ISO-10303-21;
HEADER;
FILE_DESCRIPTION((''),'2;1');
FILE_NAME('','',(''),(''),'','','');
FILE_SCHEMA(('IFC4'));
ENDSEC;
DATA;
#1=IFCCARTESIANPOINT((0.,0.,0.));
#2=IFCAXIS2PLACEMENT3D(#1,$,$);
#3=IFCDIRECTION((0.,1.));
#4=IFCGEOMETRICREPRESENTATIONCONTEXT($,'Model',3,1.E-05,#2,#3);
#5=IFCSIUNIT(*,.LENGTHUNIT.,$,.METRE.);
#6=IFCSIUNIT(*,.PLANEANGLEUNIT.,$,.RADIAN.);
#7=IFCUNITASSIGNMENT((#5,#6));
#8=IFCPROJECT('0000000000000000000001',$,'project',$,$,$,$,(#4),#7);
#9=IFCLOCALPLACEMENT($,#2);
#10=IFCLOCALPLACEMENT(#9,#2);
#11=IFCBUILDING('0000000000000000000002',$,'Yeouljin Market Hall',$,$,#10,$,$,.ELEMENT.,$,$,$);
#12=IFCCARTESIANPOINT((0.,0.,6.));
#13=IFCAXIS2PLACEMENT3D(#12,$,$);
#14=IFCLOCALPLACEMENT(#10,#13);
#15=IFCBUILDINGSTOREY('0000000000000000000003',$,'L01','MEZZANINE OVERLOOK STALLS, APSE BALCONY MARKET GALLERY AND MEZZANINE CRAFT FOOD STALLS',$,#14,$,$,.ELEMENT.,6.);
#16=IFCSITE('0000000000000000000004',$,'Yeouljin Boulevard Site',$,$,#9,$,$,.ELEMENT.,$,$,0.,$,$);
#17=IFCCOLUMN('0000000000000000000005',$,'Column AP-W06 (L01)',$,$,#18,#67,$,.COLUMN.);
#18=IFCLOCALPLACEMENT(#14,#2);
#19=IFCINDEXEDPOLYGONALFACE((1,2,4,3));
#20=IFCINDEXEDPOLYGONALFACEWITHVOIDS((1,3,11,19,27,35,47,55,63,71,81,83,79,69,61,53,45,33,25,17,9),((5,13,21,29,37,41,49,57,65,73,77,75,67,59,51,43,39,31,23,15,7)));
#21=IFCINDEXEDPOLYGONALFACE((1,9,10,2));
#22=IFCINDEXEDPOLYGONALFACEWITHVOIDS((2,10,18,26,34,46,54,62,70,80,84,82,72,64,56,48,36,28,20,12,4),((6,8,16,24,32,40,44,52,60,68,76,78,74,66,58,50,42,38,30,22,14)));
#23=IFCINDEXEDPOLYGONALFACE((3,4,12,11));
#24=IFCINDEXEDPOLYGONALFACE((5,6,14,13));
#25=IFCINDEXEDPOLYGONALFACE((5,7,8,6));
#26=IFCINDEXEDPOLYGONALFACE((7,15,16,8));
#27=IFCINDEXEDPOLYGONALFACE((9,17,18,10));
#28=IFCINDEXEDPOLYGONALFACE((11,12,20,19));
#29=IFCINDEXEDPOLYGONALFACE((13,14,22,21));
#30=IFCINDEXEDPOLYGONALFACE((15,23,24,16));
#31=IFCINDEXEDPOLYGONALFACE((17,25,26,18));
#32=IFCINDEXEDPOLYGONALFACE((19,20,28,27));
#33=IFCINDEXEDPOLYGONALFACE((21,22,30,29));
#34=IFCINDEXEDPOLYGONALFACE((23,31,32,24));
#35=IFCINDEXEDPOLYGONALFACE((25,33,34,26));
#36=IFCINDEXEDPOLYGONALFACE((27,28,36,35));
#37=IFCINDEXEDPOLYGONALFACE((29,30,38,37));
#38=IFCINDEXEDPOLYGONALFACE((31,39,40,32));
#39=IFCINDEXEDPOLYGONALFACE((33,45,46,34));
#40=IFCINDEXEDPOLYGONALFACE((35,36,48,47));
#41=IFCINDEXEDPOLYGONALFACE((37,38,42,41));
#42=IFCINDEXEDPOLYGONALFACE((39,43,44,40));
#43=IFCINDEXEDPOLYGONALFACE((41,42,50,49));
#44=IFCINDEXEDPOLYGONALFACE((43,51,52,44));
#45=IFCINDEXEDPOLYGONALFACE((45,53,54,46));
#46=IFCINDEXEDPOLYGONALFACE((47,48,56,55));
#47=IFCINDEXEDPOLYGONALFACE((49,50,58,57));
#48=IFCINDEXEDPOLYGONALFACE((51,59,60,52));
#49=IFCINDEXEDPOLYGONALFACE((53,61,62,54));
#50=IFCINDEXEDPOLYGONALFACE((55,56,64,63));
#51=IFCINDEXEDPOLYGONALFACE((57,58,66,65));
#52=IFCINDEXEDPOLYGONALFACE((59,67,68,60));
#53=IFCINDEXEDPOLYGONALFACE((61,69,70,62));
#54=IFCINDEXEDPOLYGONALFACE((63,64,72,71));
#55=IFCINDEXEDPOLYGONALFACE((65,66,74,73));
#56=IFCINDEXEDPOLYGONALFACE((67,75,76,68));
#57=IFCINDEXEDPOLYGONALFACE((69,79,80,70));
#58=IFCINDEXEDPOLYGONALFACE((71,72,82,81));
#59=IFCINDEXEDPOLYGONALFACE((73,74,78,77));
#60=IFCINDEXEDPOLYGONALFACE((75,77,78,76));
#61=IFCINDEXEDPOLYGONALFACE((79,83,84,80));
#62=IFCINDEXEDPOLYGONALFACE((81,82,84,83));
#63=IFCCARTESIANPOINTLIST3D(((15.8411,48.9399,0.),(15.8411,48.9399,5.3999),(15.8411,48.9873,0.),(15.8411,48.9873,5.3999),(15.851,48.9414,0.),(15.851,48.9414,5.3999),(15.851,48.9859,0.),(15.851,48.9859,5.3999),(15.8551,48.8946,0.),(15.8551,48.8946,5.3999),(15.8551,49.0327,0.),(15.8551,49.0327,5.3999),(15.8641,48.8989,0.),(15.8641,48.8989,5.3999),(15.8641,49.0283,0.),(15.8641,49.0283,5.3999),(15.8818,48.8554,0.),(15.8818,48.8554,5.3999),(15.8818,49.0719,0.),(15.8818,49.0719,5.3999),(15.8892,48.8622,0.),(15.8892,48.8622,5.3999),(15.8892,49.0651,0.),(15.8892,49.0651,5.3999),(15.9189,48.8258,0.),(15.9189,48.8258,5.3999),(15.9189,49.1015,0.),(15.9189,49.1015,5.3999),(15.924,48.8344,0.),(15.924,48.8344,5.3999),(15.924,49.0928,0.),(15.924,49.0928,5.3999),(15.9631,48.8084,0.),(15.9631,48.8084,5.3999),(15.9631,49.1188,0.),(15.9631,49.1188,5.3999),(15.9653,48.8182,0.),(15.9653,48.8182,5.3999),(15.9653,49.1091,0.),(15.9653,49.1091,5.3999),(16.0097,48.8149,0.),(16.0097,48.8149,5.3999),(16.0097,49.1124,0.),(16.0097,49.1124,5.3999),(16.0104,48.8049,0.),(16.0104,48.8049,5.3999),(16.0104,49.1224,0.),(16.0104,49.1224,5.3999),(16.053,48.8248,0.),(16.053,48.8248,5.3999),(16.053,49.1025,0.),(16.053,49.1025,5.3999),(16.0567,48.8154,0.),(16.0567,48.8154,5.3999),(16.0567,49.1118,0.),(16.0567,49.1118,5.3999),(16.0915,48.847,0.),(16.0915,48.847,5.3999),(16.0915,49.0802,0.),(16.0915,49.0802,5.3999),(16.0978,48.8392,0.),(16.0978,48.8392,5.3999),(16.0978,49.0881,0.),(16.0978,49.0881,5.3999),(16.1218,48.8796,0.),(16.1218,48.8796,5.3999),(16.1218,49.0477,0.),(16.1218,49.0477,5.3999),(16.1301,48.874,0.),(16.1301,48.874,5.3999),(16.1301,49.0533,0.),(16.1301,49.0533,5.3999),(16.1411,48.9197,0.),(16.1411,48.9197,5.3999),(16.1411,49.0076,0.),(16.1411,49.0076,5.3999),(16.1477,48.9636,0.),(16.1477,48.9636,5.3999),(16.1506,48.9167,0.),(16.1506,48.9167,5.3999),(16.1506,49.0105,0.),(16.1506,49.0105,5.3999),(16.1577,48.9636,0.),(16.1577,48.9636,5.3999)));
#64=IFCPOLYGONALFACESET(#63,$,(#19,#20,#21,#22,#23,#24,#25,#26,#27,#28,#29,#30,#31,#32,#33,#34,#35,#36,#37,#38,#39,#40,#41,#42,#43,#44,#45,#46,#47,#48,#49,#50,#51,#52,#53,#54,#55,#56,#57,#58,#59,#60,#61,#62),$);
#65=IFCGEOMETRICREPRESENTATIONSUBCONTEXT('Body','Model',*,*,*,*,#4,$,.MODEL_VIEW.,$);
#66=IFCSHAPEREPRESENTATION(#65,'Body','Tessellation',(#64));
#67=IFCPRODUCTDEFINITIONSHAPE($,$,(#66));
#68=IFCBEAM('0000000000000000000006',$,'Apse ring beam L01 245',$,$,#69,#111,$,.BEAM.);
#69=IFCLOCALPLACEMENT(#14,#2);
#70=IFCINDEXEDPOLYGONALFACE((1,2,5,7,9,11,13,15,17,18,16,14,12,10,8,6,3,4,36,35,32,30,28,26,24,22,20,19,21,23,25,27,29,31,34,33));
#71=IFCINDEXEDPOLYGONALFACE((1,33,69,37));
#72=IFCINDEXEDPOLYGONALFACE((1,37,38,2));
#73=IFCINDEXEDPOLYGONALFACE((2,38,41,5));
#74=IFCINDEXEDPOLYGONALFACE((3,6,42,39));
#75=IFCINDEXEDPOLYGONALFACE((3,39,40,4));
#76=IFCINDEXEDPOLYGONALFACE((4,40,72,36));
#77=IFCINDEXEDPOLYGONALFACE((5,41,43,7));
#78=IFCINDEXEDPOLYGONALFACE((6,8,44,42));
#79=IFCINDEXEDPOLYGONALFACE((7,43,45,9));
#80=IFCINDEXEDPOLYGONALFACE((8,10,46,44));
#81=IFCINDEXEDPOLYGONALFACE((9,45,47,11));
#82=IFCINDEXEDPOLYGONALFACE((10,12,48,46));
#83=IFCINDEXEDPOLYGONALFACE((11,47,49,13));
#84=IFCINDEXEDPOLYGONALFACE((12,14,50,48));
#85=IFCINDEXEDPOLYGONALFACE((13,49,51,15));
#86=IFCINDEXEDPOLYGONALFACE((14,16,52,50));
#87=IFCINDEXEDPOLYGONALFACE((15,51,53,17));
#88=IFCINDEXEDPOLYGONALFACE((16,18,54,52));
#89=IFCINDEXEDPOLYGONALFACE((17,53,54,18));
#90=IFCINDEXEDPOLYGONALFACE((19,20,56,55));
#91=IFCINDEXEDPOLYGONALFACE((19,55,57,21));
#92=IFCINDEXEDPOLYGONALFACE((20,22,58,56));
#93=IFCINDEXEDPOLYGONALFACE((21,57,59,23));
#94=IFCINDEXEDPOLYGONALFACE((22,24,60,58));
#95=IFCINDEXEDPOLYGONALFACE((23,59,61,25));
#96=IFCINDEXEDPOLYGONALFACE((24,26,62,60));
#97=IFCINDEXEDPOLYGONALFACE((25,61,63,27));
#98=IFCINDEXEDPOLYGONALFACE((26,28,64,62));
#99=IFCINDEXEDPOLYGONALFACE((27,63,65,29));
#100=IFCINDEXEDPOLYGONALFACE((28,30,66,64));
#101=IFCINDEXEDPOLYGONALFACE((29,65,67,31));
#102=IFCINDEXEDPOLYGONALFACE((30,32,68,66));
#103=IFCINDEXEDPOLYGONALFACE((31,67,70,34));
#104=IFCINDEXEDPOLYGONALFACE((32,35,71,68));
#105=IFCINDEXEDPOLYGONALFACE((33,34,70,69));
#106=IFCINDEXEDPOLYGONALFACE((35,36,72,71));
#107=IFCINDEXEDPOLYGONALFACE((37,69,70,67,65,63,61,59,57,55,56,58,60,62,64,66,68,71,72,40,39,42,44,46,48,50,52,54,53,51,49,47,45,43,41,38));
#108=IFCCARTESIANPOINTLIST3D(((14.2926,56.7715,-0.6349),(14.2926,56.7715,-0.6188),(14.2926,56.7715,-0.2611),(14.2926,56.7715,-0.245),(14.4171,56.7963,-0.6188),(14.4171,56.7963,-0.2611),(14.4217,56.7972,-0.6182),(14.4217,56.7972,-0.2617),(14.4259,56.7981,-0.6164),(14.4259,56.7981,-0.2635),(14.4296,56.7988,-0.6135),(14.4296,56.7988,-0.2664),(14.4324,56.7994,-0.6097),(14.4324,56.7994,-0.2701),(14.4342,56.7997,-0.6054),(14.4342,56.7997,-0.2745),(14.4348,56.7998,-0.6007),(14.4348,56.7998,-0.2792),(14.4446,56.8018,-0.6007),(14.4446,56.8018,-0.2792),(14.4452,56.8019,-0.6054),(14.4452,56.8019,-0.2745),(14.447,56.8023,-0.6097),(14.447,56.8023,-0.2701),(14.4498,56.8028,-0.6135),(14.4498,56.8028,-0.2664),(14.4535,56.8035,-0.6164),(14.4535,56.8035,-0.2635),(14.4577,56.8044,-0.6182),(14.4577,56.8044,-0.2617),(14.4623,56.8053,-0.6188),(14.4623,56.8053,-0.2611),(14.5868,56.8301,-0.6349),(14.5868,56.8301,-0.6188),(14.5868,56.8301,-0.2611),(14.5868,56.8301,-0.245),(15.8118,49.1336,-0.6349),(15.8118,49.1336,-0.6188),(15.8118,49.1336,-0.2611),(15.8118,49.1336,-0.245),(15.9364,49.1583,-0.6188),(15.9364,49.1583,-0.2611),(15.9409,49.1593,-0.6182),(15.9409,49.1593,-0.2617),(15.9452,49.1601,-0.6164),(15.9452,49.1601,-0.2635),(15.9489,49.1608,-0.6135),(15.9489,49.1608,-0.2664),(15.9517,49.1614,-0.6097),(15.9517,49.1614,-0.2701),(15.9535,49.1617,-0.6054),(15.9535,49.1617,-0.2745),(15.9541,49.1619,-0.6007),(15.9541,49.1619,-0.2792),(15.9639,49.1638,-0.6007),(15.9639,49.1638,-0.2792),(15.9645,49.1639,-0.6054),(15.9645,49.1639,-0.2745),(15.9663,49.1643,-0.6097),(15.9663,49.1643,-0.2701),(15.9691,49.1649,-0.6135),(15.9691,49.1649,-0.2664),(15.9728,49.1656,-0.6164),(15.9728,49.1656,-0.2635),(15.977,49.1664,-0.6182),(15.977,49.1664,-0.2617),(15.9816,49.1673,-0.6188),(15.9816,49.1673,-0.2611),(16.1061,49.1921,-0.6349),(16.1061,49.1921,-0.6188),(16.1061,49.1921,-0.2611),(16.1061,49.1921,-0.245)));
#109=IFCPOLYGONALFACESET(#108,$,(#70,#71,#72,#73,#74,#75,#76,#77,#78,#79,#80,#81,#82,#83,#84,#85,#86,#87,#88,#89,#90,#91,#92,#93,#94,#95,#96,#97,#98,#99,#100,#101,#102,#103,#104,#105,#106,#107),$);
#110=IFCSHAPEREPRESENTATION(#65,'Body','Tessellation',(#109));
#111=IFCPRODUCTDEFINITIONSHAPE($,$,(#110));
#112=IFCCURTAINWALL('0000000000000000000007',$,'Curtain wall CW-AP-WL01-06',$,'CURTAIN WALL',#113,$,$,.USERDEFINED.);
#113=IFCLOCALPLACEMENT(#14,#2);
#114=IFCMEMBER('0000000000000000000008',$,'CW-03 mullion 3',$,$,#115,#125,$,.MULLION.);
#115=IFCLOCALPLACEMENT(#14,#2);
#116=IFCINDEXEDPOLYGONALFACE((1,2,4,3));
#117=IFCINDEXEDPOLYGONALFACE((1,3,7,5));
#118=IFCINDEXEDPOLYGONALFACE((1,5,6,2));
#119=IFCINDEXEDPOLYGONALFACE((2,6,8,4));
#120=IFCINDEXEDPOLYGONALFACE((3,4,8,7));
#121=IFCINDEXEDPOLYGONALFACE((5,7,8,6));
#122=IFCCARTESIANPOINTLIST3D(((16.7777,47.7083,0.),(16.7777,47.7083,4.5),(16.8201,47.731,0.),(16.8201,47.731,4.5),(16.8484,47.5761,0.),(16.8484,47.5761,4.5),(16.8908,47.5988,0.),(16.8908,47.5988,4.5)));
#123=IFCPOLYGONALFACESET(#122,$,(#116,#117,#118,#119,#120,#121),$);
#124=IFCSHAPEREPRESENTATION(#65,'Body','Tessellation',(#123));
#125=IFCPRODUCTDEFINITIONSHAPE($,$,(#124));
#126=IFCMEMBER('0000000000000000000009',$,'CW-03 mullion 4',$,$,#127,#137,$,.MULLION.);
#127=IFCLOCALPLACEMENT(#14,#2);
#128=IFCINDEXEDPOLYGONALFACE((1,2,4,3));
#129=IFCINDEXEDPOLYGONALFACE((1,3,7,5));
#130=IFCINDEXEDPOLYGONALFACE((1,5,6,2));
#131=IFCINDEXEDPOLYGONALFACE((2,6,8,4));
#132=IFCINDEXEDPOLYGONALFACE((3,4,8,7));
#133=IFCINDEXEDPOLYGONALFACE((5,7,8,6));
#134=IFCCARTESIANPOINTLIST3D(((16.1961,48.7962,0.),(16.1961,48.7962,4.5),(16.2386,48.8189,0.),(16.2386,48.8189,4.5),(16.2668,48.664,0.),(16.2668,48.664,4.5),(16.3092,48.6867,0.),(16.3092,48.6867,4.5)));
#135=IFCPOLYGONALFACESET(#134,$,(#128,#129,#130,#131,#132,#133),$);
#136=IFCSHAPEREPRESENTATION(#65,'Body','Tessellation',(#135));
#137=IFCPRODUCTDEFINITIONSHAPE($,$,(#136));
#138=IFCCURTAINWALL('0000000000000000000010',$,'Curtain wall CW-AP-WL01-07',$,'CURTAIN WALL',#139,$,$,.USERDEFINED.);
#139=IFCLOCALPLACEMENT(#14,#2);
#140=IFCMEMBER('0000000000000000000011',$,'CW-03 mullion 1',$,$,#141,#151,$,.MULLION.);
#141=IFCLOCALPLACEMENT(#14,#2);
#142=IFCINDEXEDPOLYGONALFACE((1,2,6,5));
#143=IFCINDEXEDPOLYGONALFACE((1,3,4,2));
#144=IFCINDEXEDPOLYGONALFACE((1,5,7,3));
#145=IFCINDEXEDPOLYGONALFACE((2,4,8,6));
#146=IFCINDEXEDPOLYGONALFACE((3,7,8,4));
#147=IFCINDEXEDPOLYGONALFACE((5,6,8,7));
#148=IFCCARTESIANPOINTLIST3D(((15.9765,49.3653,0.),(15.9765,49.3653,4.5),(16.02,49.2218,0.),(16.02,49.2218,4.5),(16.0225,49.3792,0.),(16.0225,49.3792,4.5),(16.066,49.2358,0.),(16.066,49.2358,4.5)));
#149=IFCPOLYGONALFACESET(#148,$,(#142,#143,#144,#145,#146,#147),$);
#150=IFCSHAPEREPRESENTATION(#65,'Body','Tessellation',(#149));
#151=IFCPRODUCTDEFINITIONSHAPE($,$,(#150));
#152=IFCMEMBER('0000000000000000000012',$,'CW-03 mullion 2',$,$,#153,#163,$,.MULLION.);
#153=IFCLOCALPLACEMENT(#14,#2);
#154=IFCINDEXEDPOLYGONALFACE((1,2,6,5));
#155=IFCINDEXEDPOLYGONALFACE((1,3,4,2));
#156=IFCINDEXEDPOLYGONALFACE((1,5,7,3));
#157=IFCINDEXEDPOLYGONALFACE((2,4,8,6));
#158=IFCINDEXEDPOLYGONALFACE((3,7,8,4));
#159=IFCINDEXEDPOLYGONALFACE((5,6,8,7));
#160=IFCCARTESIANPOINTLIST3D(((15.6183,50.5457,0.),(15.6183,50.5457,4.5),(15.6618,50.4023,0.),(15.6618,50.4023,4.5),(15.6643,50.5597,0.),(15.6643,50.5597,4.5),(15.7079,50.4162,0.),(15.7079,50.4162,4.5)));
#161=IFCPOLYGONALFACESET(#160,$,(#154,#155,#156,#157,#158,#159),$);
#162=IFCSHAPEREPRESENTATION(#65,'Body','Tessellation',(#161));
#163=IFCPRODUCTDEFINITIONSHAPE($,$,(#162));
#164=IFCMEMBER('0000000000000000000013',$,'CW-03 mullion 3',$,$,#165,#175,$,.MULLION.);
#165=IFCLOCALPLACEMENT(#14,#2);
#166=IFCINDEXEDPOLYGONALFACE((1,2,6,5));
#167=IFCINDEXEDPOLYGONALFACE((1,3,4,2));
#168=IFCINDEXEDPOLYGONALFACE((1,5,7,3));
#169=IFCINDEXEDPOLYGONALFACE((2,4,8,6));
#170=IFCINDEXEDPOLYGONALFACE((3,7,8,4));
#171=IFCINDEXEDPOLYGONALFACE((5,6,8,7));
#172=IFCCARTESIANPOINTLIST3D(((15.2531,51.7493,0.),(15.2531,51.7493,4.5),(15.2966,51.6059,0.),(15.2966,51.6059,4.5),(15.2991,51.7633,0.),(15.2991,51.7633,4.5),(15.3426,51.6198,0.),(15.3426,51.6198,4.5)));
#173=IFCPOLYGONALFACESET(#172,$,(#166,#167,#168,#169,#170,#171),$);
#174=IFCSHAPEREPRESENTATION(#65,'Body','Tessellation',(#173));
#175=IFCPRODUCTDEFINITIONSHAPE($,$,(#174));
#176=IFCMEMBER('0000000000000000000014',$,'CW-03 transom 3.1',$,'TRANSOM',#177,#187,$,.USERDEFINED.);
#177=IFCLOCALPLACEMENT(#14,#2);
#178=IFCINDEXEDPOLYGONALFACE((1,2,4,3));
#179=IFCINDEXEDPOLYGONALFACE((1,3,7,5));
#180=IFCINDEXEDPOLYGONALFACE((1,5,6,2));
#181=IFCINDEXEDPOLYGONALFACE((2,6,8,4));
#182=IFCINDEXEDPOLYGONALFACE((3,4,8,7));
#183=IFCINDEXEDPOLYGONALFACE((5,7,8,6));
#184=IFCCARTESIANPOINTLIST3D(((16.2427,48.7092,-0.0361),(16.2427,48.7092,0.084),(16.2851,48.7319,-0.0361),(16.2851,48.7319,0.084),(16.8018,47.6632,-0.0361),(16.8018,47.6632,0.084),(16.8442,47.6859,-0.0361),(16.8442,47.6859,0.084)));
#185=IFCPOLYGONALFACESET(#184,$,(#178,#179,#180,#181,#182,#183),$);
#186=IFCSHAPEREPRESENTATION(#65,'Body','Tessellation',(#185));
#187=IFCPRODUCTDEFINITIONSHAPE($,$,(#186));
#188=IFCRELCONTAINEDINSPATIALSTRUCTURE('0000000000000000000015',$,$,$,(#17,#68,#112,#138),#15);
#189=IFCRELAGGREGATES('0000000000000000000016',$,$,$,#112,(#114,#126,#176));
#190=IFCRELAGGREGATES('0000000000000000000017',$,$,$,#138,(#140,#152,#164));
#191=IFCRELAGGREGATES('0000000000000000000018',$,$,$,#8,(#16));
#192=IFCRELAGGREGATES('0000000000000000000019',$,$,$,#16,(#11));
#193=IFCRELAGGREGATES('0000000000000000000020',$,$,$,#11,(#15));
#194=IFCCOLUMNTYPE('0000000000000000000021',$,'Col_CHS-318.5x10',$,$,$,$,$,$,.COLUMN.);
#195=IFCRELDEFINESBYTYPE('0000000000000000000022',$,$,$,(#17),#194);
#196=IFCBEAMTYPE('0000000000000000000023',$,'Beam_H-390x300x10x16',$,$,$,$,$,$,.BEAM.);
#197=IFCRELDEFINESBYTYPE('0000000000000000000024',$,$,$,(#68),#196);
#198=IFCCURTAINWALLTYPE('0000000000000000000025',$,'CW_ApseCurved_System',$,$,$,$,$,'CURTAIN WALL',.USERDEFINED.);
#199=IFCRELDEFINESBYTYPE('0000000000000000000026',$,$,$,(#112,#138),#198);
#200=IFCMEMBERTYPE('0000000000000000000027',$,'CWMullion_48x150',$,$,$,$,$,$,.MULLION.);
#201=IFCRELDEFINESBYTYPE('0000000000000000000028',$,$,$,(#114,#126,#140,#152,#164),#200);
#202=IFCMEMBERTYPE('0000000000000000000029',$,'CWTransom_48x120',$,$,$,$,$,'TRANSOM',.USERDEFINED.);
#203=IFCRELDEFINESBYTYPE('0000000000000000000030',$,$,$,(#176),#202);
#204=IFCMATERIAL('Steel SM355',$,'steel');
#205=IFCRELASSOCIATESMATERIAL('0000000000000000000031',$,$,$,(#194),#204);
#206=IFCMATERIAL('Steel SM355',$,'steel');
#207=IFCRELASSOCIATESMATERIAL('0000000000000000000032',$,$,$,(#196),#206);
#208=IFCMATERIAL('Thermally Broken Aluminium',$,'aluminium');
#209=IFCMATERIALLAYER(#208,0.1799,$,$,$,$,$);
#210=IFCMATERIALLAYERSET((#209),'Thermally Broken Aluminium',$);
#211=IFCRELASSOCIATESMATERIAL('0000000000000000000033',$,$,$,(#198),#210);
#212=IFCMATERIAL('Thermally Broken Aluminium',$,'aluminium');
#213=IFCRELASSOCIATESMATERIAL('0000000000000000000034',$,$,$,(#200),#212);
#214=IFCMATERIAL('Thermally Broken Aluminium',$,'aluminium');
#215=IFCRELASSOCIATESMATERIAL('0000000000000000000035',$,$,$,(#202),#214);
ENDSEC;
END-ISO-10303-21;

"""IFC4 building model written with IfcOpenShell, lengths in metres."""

from ifc_helpers import new_model, si_unit, direction, frame, origin, origin_2d, place, context, subcontext, project, spatial, rectangle, hollow_circle, i_section, extrude, material, layer, layer_set, material_profile, profile_set, type_object, element, aggregate, save


model = new_model("IFC4")

# Units and contexts
model_context = context("Model", 3, precision=1e-05, world=origin(), true_north=direction((0.0, 1.0)))
body_context = subcontext(model_context, "Body", "Model", "MODEL_VIEW")
ifc_project = project(units=[si_unit("LENGTHUNIT", "METRE"), si_unit("PLANEANGLEUNIT", "RADIAN")], contexts=[model_context])

# Site, building, storey
site_placement = place(None, origin())
site = spatial("IfcSite", under=ifc_project, at=site_placement, Name="Yeouljin Boulevard Site", CompositionType="ELEMENT", RefElevation=0.0)
building_placement = place(site_placement, origin())
building = spatial("IfcBuilding", under=site, at=building_placement, Name="Yeouljin Market Hall", CompositionType="ELEMENT")
storey_placement = place(building_placement, frame((0.0, 0.0, 6.0)))
storey = spatial("IfcBuildingStorey", under=building, at=storey_placement, Name="L01", Description="MEZZANINE OVERLOOK STALLS, APSE BALCONY MARKET GALLERY AND MEZZANINE CRAFT FOOD STALLS", CompositionType="ELEMENT", Elevation=6.0)

# Column
ifc_material_1 = material(Name="Steel SM355", Category="steel")
ifc_material_profile_1 = material_profile(ifc_material_1, hollow_circle(Radius=0.1592, WallThickness=0.01, at=origin_2d()), Name="CHS-318.5x10")
ifc_profile_set_1 = profile_set([ifc_material_profile_1], Name="Steel SM355")
column_type = type_object("IfcColumnType", Name="Col_CHS-318.5x10", PredefinedType="COLUMN", material=ifc_profile_set_1)
column_placement = place(storey_placement, frame((15.9985, 48.9636, 0.0), z_axis=(0.0, 0.0, 1.0), x_axis=(1.0, 0.0, 0.0)))
element("IfcColumn", 1, at=column_placement, inside=storey, type_object=column_type, Name="Column AP-W06 (L01)", PredefinedType="COLUMN", context=body_context, shape_type="SweptSolid", body=[
    extrude(hollow_circle(Radius=0.1592, WallThickness=0.01, at=origin_2d()), origin(), (0.0, 0.0, 1.0), 5.3999),
])

# Beam
ifc_material_2 = material(Name="Steel SM355", Category="steel")
ifc_material_profile_2 = material_profile(ifc_material_2, i_section(OverallWidth=0.3, OverallDepth=0.3899, WebThickness=0.01, FlangeThickness=0.0161, FilletRadius=0.0181, at=origin_2d()), Name="H-390x300x10x16")
ifc_profile_set_2 = profile_set([ifc_material_profile_2], Name="Steel SM355")
beam_type = type_object("IfcBeamType", Name="Beam_H-390x300x10x16", PredefinedType="BEAM", material=ifc_profile_set_2)
beam_placement = place(storey_placement, frame((15.959, 49.1628, -0.4399), z_axis=(-0.195091, 0.980785, 0.0), x_axis=(-0.980785, -0.195091, 0.0)))
element("IfcBeam", 2, at=beam_placement, inside=storey, type_object=beam_type, Name="Apse ring beam L01 245", PredefinedType="BEAM", context=body_context, shape_type="SweptSolid", body=[
    extrude(i_section(OverallWidth=0.3, OverallDepth=0.3899, WebThickness=0.01, FlangeThickness=0.0161, FilletRadius=0.0181, at=origin_2d()), origin(), (0.0, 0.0, 1.0), 7.7876),
])

# Curtain walls, members
ifc_material_3 = material(Name="Thermally Broken Aluminium", Category="aluminium")
ifc_layer_1 = layer(ifc_material_3, 0.1799)
ifc_layer_set_1 = layer_set([ifc_layer_1], Name="Thermally Broken Aluminium")
curtain_wall_type = type_object("IfcCurtainWallType", Name="CW_ApseCurved_System", ElementType="CURTAIN WALL", PredefinedType="USERDEFINED", material=ifc_layer_set_1)
curtain_wall_1_placement = place(storey_placement, origin())
curtain_wall_1 = element("IfcCurtainWall", 3, at=curtain_wall_1_placement, inside=storey, type_object=curtain_wall_type, Name="Curtain wall CW-AP-WL01-06", ObjectType="CURTAIN WALL", PredefinedType="USERDEFINED")
ifc_material_4 = material(Name="Thermally Broken Aluminium", Category="aluminium")
ifc_material_profile_3 = material_profile(ifc_material_4, rectangle(XDim=0.0481, YDim=0.1499, at=origin_2d()), Name="CW-MULL-48x150")
ifc_profile_set_3 = profile_set([ifc_material_profile_3], Name="Thermally Broken Aluminium")
member_type_1 = type_object("IfcMemberType", Name="CWMullion_48x150", PredefinedType="MULLION", material=ifc_profile_set_3)
member_1_placement = place(storey_placement, frame((16.8342, 47.6536, 0.0), z_axis=(0.0, 0.0, 1.0), x_axis=(-0.881931, -0.471378, 0.0)))
member_1 = element("IfcMember", 4, at=member_1_placement, type_object=member_type_1, Name="CW-03 mullion 3", PredefinedType="MULLION", context=body_context, shape_type="SweptSolid", body=[
    extrude(rectangle(XDim=0.0481, YDim=0.1499, at=origin_2d()), origin(), (0.0, 0.0, 1.0), 4.5),
])
member_2_placement = place(storey_placement, frame((16.2527, 48.7415, 0.0), z_axis=(0.0, 0.0, 1.0), x_axis=(-0.881931, -0.471378, 0.0)))
member_2 = element("IfcMember", 5, at=member_2_placement, type_object=member_type_1, Name="CW-03 mullion 4", PredefinedType="MULLION", context=body_context, shape_type="SweptSolid", body=[
    extrude(rectangle(XDim=0.0481, YDim=0.1499, at=origin_2d()), origin(), (0.0, 0.0, 1.0), 4.5),
])
curtain_wall_2_placement = place(storey_placement, origin())
curtain_wall_2 = element("IfcCurtainWall", 6, at=curtain_wall_2_placement, inside=storey, type_object=curtain_wall_type, Name="Curtain wall CW-AP-WL01-07", ObjectType="CURTAIN WALL", PredefinedType="USERDEFINED")
member_3_placement = place(storey_placement, frame((16.0212, 49.3005, 0.0), z_axis=(0.0, 0.0, 1.0), x_axis=(-0.95694, -0.290286, 0.0)))
member_3 = element("IfcMember", 7, at=member_3_placement, type_object=member_type_1, Name="CW-03 mullion 1", PredefinedType="MULLION", context=body_context, shape_type="SweptSolid", body=[
    extrude(rectangle(XDim=0.0481, YDim=0.1499, at=origin_2d()), origin(), (0.0, 0.0, 1.0), 4.5),
])
member_4_placement = place(storey_placement, frame((15.6631, 50.481, 0.0), z_axis=(0.0, 0.0, 1.0), x_axis=(-0.95694, -0.290286, 0.0)))
member_4 = element("IfcMember", 8, at=member_4_placement, type_object=member_type_1, Name="CW-03 mullion 2", PredefinedType="MULLION", context=body_context, shape_type="SweptSolid", body=[
    extrude(rectangle(XDim=0.0481, YDim=0.1499, at=origin_2d()), origin(), (0.0, 0.0, 1.0), 4.5),
])
member_5_placement = place(storey_placement, frame((15.2979, 51.6846, 0.0), z_axis=(0.0, 0.0, 1.0), x_axis=(-0.95694, -0.290286, 0.0)))
member_5 = element("IfcMember", 9, at=member_5_placement, type_object=member_type_1, Name="CW-03 mullion 3", PredefinedType="MULLION", context=body_context, shape_type="SweptSolid", body=[
    extrude(rectangle(XDim=0.0481, YDim=0.1499, at=origin_2d()), origin(), (0.0, 0.0, 1.0), 4.5),
])

# Member
ifc_material_5 = material(Name="Thermally Broken Aluminium", Category="aluminium")
ifc_material_profile_4 = material_profile(ifc_material_5, rectangle(XDim=0.0481, YDim=0.1201, at=origin_2d()), Name="CW-TRAN-48x120")
ifc_profile_set_4 = profile_set([ifc_material_profile_4], Name="Thermally Broken Aluminium")
member_type_2 = type_object("IfcMemberType", Name="CWTransom_48x120", ElementType="TRANSOM", PredefinedType="USERDEFINED", material=ifc_profile_set_4)
member_6_placement = place(storey_placement, frame((16.823, 47.6746, 0.0239), z_axis=(-0.471421, 0.881908, 0.0), x_axis=(-0.881908, -0.471421, 0.0)))
member_6 = element("IfcMember", 10, at=member_6_placement, type_object=member_type_2, Name="CW-03 transom 3.1", ObjectType="TRANSOM", PredefinedType="USERDEFINED", context=body_context, shape_type="SweptSolid", body=[
    extrude(rectangle(XDim=0.0481, YDim=0.1201, at=origin_2d()), origin(), (0.0, 0.0, 1.0), 1.186),
])

aggregate(curtain_wall_1, [member_1, member_2, member_6])
aggregate(curtain_wall_2, [member_3, member_4, member_5])

save(model, "model.ifc")
